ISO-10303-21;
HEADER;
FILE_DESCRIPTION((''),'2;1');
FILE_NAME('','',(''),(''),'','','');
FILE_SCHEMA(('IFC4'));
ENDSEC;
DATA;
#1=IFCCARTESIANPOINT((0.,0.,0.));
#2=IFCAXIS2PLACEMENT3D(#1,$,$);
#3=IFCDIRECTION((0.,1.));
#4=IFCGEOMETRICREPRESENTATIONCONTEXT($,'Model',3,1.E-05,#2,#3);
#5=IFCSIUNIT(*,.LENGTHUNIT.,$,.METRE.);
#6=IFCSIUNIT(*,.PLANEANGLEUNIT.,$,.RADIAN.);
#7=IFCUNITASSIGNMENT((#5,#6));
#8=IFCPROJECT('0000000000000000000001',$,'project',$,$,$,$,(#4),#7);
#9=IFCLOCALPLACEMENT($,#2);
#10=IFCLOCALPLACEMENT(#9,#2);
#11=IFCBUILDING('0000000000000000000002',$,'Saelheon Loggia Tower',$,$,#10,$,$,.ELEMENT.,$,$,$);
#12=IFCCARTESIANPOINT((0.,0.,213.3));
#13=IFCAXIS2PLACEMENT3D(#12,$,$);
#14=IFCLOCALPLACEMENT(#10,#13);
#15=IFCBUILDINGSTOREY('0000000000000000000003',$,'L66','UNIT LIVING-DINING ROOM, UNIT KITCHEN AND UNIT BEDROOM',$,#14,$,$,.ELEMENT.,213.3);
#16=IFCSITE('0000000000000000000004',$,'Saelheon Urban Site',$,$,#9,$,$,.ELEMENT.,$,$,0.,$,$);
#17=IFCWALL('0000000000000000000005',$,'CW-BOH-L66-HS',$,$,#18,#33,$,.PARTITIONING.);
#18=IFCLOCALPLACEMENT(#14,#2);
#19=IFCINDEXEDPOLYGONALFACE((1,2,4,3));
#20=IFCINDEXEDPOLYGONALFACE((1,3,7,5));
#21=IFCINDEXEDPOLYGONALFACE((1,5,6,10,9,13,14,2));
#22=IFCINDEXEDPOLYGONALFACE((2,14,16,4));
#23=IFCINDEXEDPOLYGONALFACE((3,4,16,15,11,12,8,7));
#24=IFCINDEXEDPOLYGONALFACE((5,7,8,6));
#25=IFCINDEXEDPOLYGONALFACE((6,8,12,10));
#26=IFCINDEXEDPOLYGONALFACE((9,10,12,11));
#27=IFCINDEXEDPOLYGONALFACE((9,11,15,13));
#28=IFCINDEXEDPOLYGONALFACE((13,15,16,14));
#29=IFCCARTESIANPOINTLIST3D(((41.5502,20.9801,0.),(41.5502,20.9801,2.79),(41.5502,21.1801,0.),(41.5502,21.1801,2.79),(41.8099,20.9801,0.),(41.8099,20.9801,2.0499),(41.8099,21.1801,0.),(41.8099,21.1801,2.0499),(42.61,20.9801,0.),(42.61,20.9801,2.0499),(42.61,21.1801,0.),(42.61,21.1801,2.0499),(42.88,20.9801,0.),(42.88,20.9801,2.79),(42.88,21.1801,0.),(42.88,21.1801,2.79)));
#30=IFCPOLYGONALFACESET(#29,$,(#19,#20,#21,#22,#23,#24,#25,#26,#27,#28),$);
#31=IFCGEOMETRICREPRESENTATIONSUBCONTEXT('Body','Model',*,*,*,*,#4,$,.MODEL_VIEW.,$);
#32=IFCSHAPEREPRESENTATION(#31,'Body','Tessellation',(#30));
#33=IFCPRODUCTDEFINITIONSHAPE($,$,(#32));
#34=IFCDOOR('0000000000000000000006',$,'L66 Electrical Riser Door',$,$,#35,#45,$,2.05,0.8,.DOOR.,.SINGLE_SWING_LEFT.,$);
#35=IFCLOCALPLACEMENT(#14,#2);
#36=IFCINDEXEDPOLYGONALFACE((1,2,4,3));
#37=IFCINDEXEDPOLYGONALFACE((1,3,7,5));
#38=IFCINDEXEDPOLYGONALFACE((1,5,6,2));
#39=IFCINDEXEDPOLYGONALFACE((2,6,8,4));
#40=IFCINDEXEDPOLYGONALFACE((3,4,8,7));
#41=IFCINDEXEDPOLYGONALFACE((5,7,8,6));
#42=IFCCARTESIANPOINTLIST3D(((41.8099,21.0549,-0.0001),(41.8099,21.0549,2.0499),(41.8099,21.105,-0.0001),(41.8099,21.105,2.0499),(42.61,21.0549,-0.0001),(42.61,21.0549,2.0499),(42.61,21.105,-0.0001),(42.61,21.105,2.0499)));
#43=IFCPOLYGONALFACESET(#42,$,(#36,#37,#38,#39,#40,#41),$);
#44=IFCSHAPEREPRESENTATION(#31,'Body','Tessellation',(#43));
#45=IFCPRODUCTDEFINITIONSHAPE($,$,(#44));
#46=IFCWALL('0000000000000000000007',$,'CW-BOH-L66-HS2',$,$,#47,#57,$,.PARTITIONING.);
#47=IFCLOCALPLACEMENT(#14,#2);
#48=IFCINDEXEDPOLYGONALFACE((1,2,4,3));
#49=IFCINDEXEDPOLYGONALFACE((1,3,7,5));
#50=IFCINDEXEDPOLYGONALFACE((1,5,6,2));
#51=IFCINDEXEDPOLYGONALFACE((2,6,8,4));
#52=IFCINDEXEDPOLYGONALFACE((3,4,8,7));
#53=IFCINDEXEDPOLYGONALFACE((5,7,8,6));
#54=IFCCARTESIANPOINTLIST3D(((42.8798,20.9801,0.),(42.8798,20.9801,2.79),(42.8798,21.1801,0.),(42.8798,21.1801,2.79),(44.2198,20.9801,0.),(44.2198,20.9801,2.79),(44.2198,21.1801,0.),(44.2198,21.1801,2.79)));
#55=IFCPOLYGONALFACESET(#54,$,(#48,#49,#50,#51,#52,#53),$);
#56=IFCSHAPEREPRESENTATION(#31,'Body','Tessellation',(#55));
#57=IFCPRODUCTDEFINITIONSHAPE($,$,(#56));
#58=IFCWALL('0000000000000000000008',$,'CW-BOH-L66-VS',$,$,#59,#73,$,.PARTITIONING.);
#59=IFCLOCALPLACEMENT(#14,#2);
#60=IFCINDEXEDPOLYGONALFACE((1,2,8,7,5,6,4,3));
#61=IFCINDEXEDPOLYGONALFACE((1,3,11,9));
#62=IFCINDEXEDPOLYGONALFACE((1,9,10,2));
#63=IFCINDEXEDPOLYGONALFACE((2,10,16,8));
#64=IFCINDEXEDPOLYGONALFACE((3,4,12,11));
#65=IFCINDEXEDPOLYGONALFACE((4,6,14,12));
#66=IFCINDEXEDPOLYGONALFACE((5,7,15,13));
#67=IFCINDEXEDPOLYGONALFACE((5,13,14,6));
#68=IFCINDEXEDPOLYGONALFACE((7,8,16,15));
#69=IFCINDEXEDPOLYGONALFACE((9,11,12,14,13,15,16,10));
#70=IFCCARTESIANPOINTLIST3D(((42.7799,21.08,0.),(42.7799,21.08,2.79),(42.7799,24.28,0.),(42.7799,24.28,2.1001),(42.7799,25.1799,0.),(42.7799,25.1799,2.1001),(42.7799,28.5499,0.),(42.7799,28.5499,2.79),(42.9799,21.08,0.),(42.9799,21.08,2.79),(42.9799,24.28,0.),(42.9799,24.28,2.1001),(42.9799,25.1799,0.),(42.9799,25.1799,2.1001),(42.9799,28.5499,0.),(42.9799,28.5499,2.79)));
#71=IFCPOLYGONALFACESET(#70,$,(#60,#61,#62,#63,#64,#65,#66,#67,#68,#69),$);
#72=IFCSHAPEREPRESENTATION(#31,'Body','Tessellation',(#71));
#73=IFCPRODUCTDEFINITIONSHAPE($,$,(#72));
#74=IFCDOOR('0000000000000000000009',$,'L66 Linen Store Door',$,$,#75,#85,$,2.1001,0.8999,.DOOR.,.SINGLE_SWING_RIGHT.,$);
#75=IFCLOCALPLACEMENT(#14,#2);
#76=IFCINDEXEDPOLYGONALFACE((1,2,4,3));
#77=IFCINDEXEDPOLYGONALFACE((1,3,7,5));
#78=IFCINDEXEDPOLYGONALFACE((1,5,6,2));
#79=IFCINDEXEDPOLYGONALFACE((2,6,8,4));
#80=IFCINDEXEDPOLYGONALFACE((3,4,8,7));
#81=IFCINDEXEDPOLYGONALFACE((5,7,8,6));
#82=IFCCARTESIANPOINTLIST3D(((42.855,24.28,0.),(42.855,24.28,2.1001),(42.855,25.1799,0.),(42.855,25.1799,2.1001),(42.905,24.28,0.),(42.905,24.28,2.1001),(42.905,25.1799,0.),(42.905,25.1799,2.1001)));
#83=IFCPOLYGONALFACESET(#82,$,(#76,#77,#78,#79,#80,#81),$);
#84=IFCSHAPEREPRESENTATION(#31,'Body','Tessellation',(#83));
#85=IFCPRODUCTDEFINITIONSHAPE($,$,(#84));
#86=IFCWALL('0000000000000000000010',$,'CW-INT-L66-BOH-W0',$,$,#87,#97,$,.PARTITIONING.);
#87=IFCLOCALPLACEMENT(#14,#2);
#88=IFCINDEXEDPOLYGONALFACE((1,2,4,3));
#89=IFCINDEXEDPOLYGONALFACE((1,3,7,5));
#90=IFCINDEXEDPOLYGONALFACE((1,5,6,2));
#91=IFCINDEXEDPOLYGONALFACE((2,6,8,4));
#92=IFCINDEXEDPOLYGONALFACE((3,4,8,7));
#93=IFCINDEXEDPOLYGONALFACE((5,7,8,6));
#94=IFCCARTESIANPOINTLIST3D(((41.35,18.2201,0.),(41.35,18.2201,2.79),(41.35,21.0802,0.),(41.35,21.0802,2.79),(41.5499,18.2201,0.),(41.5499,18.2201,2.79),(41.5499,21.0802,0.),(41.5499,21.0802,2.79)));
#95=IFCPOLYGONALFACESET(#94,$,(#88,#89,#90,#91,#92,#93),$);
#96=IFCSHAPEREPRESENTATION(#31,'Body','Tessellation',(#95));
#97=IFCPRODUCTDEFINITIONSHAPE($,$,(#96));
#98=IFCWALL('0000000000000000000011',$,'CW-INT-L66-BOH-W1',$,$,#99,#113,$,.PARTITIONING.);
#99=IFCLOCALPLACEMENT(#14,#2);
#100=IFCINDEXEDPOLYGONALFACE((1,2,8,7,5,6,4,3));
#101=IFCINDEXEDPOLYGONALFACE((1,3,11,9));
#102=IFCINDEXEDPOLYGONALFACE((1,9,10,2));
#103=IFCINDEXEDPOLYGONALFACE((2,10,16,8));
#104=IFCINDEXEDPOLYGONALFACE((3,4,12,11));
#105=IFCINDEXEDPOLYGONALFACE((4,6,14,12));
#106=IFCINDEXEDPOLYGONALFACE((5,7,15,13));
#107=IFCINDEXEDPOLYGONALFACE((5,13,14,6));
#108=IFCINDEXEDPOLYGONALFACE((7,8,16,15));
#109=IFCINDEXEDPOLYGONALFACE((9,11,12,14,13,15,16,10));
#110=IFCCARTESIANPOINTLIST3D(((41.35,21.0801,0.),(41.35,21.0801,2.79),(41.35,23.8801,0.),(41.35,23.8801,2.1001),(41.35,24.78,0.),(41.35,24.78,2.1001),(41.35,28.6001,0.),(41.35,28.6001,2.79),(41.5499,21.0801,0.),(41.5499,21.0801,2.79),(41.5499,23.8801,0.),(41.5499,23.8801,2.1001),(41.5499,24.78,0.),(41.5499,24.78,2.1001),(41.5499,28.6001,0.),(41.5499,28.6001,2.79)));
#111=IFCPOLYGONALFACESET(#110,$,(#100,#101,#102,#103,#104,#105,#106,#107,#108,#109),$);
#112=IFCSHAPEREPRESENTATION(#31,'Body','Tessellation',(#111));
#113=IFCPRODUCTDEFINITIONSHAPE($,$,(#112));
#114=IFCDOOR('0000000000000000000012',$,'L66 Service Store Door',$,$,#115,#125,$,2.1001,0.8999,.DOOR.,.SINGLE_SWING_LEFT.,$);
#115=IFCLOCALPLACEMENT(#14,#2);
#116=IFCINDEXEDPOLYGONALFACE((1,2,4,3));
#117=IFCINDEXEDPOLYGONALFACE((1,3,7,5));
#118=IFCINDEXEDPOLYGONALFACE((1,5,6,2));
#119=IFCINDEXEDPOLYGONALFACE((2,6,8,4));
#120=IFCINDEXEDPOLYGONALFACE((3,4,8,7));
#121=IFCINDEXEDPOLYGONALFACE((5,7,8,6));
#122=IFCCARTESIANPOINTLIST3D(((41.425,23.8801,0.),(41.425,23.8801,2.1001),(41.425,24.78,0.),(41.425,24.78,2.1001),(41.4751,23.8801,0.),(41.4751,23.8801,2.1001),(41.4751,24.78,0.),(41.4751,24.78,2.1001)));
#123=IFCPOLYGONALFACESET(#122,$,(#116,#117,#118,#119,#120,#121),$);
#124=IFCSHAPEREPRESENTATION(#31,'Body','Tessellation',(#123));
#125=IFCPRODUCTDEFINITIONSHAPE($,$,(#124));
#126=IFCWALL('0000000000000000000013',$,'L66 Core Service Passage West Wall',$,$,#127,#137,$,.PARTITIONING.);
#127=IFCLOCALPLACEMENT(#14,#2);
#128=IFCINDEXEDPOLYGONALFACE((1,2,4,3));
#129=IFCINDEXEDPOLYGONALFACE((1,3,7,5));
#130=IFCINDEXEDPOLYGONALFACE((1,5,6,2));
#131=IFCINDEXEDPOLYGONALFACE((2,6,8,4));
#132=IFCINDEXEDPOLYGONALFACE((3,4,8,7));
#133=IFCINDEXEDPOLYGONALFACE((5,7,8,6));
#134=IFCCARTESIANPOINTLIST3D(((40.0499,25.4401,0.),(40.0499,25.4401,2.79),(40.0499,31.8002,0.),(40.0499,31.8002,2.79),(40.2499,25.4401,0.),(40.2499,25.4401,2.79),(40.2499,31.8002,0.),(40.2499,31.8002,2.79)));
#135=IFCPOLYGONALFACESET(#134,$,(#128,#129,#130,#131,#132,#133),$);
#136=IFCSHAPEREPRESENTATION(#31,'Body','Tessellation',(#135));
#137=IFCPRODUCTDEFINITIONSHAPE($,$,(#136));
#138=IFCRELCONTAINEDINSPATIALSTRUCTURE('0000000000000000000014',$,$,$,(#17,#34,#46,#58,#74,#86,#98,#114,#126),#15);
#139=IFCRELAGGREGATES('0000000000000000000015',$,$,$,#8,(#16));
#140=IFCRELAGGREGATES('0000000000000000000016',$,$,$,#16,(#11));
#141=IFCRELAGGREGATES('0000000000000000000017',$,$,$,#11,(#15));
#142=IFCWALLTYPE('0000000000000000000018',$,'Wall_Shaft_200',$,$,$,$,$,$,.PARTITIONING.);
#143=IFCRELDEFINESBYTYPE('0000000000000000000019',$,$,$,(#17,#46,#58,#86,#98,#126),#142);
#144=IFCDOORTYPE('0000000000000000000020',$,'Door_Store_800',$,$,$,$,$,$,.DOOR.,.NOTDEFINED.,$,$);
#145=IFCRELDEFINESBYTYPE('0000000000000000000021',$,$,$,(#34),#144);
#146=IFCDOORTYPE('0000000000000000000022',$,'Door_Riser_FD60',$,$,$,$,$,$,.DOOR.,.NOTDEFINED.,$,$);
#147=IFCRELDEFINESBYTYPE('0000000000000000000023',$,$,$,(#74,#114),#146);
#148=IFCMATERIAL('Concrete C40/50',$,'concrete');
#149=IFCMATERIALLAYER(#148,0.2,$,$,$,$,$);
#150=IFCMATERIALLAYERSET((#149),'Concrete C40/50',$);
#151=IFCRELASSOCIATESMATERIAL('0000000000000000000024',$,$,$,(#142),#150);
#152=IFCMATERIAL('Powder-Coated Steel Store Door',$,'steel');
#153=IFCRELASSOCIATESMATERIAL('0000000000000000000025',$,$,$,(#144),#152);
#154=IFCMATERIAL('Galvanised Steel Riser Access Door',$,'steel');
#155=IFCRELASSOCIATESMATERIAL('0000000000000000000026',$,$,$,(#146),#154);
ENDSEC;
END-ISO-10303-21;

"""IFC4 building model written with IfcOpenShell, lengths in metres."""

from ifc_helpers import new_model, si_unit, direction, frame, frame_2d, origin, place, context, subcontext, project, spatial, rectangle, extrude, source, transform, mapped, material, layer, layer_set, type_object, element, fill, save


model = new_model("IFC4")

# Units and contexts
model_context = context("Model", 3, precision=1e-05, world=origin(), true_north=direction((0.0, 1.0)))
body_context = subcontext(model_context, "Body", "Model", "MODEL_VIEW")
ifc_project = project(units=[si_unit("LENGTHUNIT", "METRE"), si_unit("PLANEANGLEUNIT", "RADIAN")], contexts=[model_context])

# Site, building, storey
site_placement = place(None, origin())
site = spatial("IfcSite", under=ifc_project, at=site_placement, Name="Saelheon Urban Site", CompositionType="ELEMENT", RefElevation=0.0)
building_placement = place(site_placement, origin())
building = spatial("IfcBuilding", under=site, at=building_placement, Name="Saelheon Loggia Tower", CompositionType="ELEMENT")
storey_placement = place(building_placement, frame((0.0, 0.0, 213.3)))
storey = spatial("IfcBuildingStorey", under=building, at=storey_placement, Name="L66", Description="UNIT LIVING-DINING ROOM, UNIT KITCHEN AND UNIT BEDROOM", CompositionType="ELEMENT", Elevation=213.3)

# Shared definitions
ifc_material_1 = material(Name="Concrete C40/50", Category="concrete")

# Shared definitions
shared_shape_1 = source(origin(), body_context, "Body", "SweptSolid", [
    extrude(rectangle(XDim=0.8999, YDim=2.1001, at=frame_2d((0.45, 1.05))), frame((0.0, 0.0249, 0.0), z_axis=(0.0, -1.0, 0.0), x_axis=(1.0, 0.0, 0.0)), (0.0, 0.0, 1.0), 0.05),
])

# Wall, opening, door
ifc_layer_1 = layer(ifc_material_1, 0.2)
ifc_layer_set_1 = layer_set([ifc_layer_1], Name="Concrete C40/50")
wall_type_1 = type_object("IfcWallType", Name="Wall_Shaft_200", PredefinedType="PARTITIONING", material=ifc_layer_set_1)
wall_1_placement = place(storey_placement, frame((41.55, 21.0801, 0.0), z_axis=(0.0, 0.0, 1.0), x_axis=(1.0, 0.0, 0.0)))
wall_1 = element("IfcWall", 1, at=wall_1_placement, inside=storey, type_object=wall_type_1, Name="CW-BOH-L66-HS", PredefinedType="PARTITIONING", context=body_context, shape_type="SweptSolid", body=[
    extrude(rectangle(XDim=1.3298, YDim=0.2, at=frame_2d((0.665, 0.0))), origin(), (0.0, 0.0, 1.0), 2.79),
])
opening_1_placement = place(wall_1_placement, frame((0.26, 0.0, 0.0)))
opening_1 = element("IfcOpeningElement", 2, at=opening_1_placement, cuts=wall_1, PredefinedType="OPENING", context=body_context, shape_type="SweptSolid", body=[
    extrude(rectangle(XDim=0.8, YDim=2.05, at=frame_2d((0.3999, 1.0249))), frame((0.0, 0.1121, 0.0), z_axis=(0.0, -1.0, 0.0), x_axis=(1.0, 0.0, 0.0)), (0.0, 0.0, 1.0), 0.2239),
])
ifc_material_2 = material(Name="Powder-Coated Steel Store Door", Category="steel")
door_type_1 = type_object("IfcDoorType", Name="Door_Store_800", OperationType="NOTDEFINED", PredefinedType="DOOR", material=ifc_material_2)
shared_shape_2 = source(origin(), body_context, "Body", "SweptSolid", [
    extrude(rectangle(XDim=0.8, YDim=2.05, at=frame_2d((0.3999, 1.0249))), frame((0.0, 0.0249, 0.0), z_axis=(0.0, -1.0, 0.0), x_axis=(1.0, 0.0, 0.0)), (0.0, 0.0, 1.0), 0.05),
])
door_1_placement = place(opening_1_placement, origin())
door_1 = element("IfcDoor", 3, at=door_1_placement, inside=storey, type_object=door_type_1, Name="L66 Electrical Riser Door", OperationType="SINGLE_SWING_LEFT", OverallHeight=2.05, OverallWidth=0.8, PredefinedType="DOOR", context=body_context, shape_type="MappedRepresentation", body=[
    mapped(shared_shape_2, transform((0.0, 0.0, 0.0), scale=1.0)),
])
fill(opening_1, door_1)

# Wall
wall_2_placement = place(storey_placement, frame((42.8799, 21.0801, 0.0), z_axis=(0.0, 0.0, 1.0), x_axis=(1.0, 0.0, 0.0)))
element("IfcWall", 4, at=wall_2_placement, inside=storey, type_object=wall_type_1, Name="CW-BOH-L66-HS2", PredefinedType="PARTITIONING", context=body_context, shape_type="SweptSolid", body=[
    extrude(rectangle(XDim=1.3401, YDim=0.2, at=frame_2d((0.6699, 0.0))), origin(), (0.0, 0.0, 1.0), 2.79),
])

# Wall, opening, door
wall_3_placement = place(storey_placement, frame((42.8799, 21.0801, 0.0), z_axis=(0.0, 0.0, 1.0), x_axis=(0.0, 1.0, 0.0)))
wall_3 = element("IfcWall", 5, at=wall_3_placement, inside=storey, type_object=wall_type_1, Name="CW-BOH-L66-VS", PredefinedType="PARTITIONING", context=body_context, shape_type="SweptSolid", body=[
    extrude(rectangle(XDim=7.47, YDim=0.2, at=frame_2d((3.7349, 0.0))), origin(), (0.0, 0.0, 1.0), 2.79),
])
opening_2_placement = place(wall_3_placement, frame((3.2, 0.0, 0.0)))
opening_2 = element("IfcOpeningElement", 6, at=opening_2_placement, cuts=wall_3, PredefinedType="OPENING", context=body_context, shape_type="SweptSolid", body=[
    extrude(rectangle(XDim=0.8999, YDim=2.1001, at=frame_2d((0.45, 1.05))), frame((0.0, 0.1121, 0.0), z_axis=(0.0, -1.0, 0.0), x_axis=(1.0, 0.0, 0.0)), (0.0, 0.0, 1.0), 0.2239),
])
ifc_material_3 = material(Name="Galvanised Steel Riser Access Door", Category="steel")
door_type_2 = type_object("IfcDoorType", Name="Door_Riser_FD60", OperationType="NOTDEFINED", PredefinedType="DOOR", material=ifc_material_3)
door_2_placement = place(opening_2_placement, origin())
door_2 = element("IfcDoor", 7, at=door_2_placement, inside=storey, type_object=door_type_2, Name="L66 Linen Store Door", OperationType="SINGLE_SWING_RIGHT", OverallHeight=2.1001, OverallWidth=0.8999, PredefinedType="DOOR", context=body_context, shape_type="MappedRepresentation", body=[
    mapped(shared_shape_1, transform((0.0, 0.0, 0.0), scale=1.0)),
])
fill(opening_2, door_2)

# Wall
wall_4_placement = place(storey_placement, frame((41.45, 18.22, 0.0), z_axis=(0.0, 0.0, 1.0), x_axis=(0.0, 1.0, 0.0)))
element("IfcWall", 8, at=wall_4_placement, inside=storey, type_object=wall_type_1, Name="CW-INT-L66-BOH-W0", PredefinedType="PARTITIONING", context=body_context, shape_type="SweptSolid", body=[
    extrude(rectangle(XDim=2.8601, YDim=0.2, at=frame_2d((1.4302, 0.0))), origin(), (0.0, 0.0, 1.0), 2.79),
])

# Wall, opening, door
wall_5_placement = place(storey_placement, frame((41.45, 21.0801, 0.0), z_axis=(0.0, 0.0, 1.0), x_axis=(0.0, 1.0, 0.0)))
wall_5 = element("IfcWall", 9, at=wall_5_placement, inside=storey, type_object=wall_type_1, Name="CW-INT-L66-BOH-W1", PredefinedType="PARTITIONING", context=body_context, shape_type="SweptSolid", body=[
    extrude(rectangle(XDim=7.52, YDim=0.2, at=frame_2d((3.76, 0.0))), origin(), (0.0, 0.0, 1.0), 2.79),
])
opening_3_placement = place(wall_5_placement, frame((2.8, 0.0, 0.0)))
opening_3 = element("IfcOpeningElement", 10, at=opening_3_placement, cuts=wall_5, PredefinedType="OPENING", context=body_context, shape_type="SweptSolid", body=[
    extrude(rectangle(XDim=0.8999, YDim=2.1001, at=frame_2d((0.45, 1.05))), frame((0.0, 0.1121, 0.0), z_axis=(0.0, -1.0, 0.0), x_axis=(1.0, 0.0, 0.0)), (0.0, 0.0, 1.0), 0.2239),
])
door_3_placement = place(opening_3_placement, origin())
door_3 = element("IfcDoor", 11, at=door_3_placement, inside=storey, type_object=door_type_2, Name="L66 Service Store Door", OperationType="SINGLE_SWING_LEFT", OverallHeight=2.1001, OverallWidth=0.8999, PredefinedType="DOOR", context=body_context, shape_type="MappedRepresentation", body=[
    mapped(shared_shape_1, transform((0.0, 0.0, 0.0), scale=1.0)),
])
fill(opening_3, door_3)

# Wall
wall_6_placement = place(storey_placement, frame((40.1499, 25.4399, 0.0), z_axis=(0.0, 0.0, 1.0), x_axis=(0.0, 1.0, 0.0)))
element("IfcWall", 12, at=wall_6_placement, inside=storey, type_object=wall_type_1, Name="L66 Core Service Passage West Wall", PredefinedType="PARTITIONING", context=body_context, shape_type="SweptSolid", body=[
    extrude(rectangle(XDim=6.3601, YDim=0.2, at=frame_2d((3.1802, 0.0))), origin(), (0.0, 0.0, 1.0), 2.79),
])

save(model, "model.ifc")
